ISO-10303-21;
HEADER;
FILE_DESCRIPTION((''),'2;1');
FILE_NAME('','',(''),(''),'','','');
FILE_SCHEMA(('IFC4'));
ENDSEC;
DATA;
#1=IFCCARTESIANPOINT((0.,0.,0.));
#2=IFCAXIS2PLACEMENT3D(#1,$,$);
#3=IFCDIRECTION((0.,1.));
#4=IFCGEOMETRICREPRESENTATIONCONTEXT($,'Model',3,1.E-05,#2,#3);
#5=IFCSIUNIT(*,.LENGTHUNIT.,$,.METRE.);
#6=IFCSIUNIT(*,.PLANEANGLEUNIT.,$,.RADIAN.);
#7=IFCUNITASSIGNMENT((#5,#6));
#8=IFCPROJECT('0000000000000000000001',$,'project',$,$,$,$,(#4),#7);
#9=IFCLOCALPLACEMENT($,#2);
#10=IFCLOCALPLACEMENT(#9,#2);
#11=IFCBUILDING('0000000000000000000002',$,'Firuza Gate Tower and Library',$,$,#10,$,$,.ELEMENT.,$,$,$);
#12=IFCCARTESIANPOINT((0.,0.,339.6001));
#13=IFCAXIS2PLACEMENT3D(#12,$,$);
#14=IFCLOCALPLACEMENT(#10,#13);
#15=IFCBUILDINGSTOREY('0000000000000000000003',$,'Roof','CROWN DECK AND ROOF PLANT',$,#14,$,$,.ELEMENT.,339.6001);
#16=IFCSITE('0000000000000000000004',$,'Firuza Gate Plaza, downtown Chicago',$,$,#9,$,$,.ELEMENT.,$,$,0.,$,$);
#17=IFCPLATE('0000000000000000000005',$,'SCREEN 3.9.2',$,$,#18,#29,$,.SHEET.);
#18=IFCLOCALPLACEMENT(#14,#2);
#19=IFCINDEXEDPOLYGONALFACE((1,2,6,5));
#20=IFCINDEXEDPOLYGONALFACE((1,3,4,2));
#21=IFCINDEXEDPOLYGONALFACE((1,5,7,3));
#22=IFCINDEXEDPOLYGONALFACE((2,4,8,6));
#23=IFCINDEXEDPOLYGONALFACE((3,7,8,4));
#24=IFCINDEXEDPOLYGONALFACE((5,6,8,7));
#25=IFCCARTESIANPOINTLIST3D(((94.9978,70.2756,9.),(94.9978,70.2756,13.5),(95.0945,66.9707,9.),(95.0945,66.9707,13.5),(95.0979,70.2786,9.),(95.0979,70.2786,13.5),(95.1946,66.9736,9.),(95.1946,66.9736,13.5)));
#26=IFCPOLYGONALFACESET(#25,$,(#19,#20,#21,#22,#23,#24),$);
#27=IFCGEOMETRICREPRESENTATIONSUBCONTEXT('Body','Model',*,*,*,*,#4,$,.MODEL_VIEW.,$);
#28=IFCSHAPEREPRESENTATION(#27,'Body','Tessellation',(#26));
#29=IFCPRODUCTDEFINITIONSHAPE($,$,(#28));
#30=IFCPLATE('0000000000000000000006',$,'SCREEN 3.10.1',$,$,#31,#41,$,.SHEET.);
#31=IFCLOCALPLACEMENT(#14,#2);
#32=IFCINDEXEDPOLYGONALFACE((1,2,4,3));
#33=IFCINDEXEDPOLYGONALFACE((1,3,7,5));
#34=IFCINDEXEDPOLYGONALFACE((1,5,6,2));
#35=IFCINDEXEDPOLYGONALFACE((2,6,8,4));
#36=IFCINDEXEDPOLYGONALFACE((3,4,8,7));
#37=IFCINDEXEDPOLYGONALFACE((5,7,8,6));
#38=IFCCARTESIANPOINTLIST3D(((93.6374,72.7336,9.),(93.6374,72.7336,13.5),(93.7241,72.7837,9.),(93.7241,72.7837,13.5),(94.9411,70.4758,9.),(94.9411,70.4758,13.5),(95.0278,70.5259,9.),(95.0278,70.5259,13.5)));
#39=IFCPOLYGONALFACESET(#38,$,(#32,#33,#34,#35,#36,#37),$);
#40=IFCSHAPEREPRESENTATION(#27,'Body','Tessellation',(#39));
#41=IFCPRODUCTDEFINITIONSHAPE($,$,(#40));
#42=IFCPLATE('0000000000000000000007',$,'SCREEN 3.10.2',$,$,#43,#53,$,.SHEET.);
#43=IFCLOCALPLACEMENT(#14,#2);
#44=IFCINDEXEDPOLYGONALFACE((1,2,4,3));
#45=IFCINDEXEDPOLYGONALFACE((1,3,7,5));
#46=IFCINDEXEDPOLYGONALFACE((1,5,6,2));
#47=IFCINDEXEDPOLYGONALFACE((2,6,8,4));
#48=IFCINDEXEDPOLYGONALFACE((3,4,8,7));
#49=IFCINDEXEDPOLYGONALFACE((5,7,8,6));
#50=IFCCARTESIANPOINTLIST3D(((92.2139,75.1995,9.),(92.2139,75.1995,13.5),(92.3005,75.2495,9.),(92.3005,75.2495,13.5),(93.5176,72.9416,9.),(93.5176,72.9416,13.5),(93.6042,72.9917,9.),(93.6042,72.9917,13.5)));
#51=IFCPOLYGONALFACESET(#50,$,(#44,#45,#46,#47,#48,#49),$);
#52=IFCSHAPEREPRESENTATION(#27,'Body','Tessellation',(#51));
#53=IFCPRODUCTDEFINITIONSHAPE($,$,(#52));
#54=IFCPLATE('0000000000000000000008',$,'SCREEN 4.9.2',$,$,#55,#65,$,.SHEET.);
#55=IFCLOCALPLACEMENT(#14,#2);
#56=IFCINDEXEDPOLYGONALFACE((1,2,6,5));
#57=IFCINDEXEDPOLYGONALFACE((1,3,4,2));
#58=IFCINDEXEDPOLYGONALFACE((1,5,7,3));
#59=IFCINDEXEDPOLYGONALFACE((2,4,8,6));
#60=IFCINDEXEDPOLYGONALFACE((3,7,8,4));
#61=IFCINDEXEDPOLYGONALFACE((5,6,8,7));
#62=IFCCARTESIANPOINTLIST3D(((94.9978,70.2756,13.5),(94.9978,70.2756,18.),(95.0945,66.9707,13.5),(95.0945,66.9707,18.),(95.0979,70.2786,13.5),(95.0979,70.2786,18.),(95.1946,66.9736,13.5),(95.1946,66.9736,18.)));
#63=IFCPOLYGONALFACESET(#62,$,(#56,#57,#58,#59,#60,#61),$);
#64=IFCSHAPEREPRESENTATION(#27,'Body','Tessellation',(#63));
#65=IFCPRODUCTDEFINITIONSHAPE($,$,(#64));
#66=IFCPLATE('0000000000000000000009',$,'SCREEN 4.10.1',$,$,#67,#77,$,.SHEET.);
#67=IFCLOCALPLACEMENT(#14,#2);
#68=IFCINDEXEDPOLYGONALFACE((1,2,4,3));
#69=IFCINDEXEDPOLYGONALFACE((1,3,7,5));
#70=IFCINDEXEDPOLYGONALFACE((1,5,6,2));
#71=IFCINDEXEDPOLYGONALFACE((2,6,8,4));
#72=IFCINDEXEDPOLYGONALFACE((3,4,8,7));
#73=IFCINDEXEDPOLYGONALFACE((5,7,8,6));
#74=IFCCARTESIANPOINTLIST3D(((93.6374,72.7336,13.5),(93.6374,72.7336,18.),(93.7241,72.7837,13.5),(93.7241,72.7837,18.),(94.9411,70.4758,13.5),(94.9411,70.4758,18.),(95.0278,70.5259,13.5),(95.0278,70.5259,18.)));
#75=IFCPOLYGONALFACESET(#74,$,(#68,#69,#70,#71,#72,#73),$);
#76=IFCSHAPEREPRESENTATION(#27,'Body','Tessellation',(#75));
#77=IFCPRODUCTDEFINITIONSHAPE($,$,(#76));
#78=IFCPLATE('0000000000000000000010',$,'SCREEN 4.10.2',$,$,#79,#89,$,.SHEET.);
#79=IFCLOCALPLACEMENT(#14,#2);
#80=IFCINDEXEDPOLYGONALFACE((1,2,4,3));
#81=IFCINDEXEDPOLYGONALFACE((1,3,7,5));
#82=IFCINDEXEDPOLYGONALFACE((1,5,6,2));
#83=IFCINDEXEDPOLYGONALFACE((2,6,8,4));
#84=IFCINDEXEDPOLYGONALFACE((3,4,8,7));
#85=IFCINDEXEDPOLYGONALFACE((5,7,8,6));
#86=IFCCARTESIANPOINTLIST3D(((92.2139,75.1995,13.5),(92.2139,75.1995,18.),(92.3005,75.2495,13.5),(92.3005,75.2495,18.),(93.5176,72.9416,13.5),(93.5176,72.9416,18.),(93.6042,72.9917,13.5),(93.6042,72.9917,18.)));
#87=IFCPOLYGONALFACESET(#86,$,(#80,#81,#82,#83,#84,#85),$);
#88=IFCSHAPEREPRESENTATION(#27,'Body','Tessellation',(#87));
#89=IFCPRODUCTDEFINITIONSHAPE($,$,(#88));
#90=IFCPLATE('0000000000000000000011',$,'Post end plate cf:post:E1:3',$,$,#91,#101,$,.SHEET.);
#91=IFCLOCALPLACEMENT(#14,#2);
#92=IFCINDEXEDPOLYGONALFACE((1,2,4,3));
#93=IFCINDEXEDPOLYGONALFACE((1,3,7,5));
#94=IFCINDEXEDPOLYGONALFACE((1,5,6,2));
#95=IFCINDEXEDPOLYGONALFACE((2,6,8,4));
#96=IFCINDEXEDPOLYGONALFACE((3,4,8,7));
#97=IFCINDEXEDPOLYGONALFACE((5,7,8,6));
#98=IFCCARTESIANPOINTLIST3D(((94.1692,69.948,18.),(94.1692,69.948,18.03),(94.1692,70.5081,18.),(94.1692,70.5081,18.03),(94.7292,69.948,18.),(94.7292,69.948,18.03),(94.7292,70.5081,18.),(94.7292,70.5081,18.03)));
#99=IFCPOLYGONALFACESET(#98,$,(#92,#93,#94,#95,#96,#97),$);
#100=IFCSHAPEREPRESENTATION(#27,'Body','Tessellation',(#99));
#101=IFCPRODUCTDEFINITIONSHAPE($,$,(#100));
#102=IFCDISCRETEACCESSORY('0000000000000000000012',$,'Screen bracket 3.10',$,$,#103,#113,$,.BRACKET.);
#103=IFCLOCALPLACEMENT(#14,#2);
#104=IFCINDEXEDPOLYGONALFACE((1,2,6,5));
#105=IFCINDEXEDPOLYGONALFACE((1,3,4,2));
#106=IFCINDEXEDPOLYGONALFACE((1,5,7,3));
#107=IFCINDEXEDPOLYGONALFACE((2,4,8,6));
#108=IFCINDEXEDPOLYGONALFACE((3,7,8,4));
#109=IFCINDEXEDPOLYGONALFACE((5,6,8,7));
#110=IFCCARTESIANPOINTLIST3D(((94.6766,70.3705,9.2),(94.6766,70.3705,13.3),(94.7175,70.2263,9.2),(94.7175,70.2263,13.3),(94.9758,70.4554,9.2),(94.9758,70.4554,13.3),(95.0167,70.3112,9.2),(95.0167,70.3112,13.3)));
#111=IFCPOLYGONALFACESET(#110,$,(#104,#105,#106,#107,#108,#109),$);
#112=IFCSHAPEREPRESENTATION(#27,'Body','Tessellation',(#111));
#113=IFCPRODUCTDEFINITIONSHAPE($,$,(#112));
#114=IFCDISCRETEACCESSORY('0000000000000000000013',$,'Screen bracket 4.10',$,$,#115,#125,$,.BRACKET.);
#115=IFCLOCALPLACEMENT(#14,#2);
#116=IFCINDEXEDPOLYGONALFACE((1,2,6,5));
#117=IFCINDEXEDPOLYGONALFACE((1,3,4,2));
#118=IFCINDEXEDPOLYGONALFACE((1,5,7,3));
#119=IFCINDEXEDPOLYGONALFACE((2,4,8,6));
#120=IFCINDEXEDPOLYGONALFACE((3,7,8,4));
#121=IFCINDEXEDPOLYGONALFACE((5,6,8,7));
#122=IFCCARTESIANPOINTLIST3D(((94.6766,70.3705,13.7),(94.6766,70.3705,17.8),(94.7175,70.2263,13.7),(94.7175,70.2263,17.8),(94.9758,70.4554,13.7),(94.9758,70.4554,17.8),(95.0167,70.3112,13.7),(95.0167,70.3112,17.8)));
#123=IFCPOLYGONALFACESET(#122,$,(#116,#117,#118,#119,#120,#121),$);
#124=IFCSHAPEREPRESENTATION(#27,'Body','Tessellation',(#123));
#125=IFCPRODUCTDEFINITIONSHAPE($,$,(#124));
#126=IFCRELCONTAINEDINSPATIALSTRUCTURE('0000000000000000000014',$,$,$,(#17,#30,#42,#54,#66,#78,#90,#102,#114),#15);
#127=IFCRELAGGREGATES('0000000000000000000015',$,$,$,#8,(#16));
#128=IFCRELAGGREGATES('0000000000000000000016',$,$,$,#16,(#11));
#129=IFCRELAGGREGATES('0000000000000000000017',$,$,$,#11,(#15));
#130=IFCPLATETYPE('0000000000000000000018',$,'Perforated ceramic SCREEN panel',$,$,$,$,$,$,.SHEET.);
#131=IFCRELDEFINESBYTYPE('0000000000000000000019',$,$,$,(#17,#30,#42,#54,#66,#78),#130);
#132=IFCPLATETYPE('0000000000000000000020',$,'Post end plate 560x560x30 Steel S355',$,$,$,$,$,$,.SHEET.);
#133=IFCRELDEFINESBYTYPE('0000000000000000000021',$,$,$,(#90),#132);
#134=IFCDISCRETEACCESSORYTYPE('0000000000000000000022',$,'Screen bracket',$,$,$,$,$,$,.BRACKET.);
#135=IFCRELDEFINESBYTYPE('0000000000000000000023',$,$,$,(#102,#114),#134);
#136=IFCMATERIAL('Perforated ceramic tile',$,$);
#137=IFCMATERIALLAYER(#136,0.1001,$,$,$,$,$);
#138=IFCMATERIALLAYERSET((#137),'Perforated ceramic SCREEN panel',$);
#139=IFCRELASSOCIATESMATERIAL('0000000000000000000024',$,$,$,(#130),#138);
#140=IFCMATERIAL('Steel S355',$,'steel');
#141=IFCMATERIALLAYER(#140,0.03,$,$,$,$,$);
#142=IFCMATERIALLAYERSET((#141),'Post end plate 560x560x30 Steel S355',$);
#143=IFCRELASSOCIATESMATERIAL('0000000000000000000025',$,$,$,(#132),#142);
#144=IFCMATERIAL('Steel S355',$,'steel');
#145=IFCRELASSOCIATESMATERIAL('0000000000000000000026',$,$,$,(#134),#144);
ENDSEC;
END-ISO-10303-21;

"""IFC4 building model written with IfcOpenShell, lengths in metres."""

from ifc_helpers import new_model, si_unit, direction, frame, origin, origin_2d, place, context, subcontext, project, spatial, polyline, rectangle, outline, extrude, material, layer, layer_set, type_object, element, save


model = new_model("IFC4")

# Units and contexts
model_context = context("Model", 3, precision=1e-05, world=origin(), true_north=direction((0.0, 1.0)))
body_context = subcontext(model_context, "Body", "Model", "MODEL_VIEW")
ifc_project = project(units=[si_unit("LENGTHUNIT", "METRE"), si_unit("PLANEANGLEUNIT", "RADIAN")], contexts=[model_context])

# Site, building, storey
site_placement = place(None, origin())
site = spatial("IfcSite", under=ifc_project, at=site_placement, Name="Firuza Gate Plaza, downtown Chicago", CompositionType="ELEMENT", RefElevation=0.0)
building_placement = place(site_placement, origin())
building = spatial("IfcBuilding", under=site, at=building_placement, Name="Firuza Gate Tower and Library", CompositionType="ELEMENT")
storey_placement = place(building_placement, frame((0.0, 0.0, 339.6001)))
storey = spatial("IfcBuildingStorey", under=building, at=storey_placement, Name="Roof", Description="CROWN DECK AND ROOF PLANT", CompositionType="ELEMENT", Elevation=339.6001)

# Plates
ifc_material_1 = material(Name="Perforated ceramic tile")
ifc_layer_1 = layer(ifc_material_1, 0.1001)
ifc_layer_set_1 = layer_set([ifc_layer_1], Name="Perforated ceramic SCREEN panel")
plate_type_1 = type_object("IfcPlateType", Name="Perforated ceramic SCREEN panel", PredefinedType="SHEET", material=ifc_layer_set_1)
plate_1_placement = place(storey_placement, frame((95.1946, 66.9736, 9.0), z_axis=(0.999572, 0.029241, 0.0), x_axis=(-0.029241, 0.999572, 0.0)))
element("IfcPlate", 1, at=plate_1_placement, inside=storey, type_object=plate_type_1, Name="SCREEN 3.9.2", PredefinedType="SHEET", context=body_context, shape_type="SweptSolid", body=[
    extrude(outline(polyline([(0.0, 0.0), (3.3063, 0.0), (3.3063, 4.5), (0.0, 4.5), (0.0, 0.0)])), origin(), (0.0, 0.0, -1.0), 0.1001),
])
for number, where, z_axis, x_axis, name in (
    (2, (95.0278, 70.5259, 9.0), (0.865998, 0.500047, 0.0), (-0.500047, 0.865998, 0.0), "SCREEN 3.10.1"),
    (3, (93.6042, 72.9917, 9.0), (0.865998, 0.500047, 0.0), (-0.500047, 0.865998, 0.0), "SCREEN 3.10.2"),
):
    element("IfcPlate", number, at=place(storey_placement, frame(where, z_axis=z_axis, x_axis=x_axis)), inside=storey, type_object=plate_type_1, Name=name, PredefinedType="SHEET", context=body_context, shape_type="SweptSolid", body=[
        extrude(outline(polyline([(0.0, 0.0), (2.6072, 0.0), (2.6072, 4.5), (0.0, 4.5), (0.0, 0.0)])), origin(), (0.0, 0.0, -1.0), 0.1001),
    ])
plate_2_placement = place(storey_placement, frame((95.1946, 66.9736, 13.5), z_axis=(0.999572, 0.029241, 0.0), x_axis=(-0.029241, 0.999572, 0.0)))
element("IfcPlate", 4, at=plate_2_placement, inside=storey, type_object=plate_type_1, Name="SCREEN 4.9.2", PredefinedType="SHEET", context=body_context, shape_type="SweptSolid", body=[
    extrude(outline(polyline([(0.0, 0.0), (3.3063, 0.0), (3.3063, 4.5), (0.0, 4.5), (0.0, 0.0)])), origin(), (0.0, 0.0, -1.0), 0.1001),
])
for number, where, z_axis, x_axis, name in (
    (5, (95.0278, 70.5259, 13.5), (0.865998, 0.500047, 0.0), (-0.500047, 0.865998, 0.0), "SCREEN 4.10.1"),
    (6, (93.6042, 72.9917, 13.5), (0.865998, 0.500047, 0.0), (-0.500047, 0.865998, 0.0), "SCREEN 4.10.2"),
):
    element("IfcPlate", number, at=place(storey_placement, frame(where, z_axis=z_axis, x_axis=x_axis)), inside=storey, type_object=plate_type_1, Name=name, PredefinedType="SHEET", context=body_context, shape_type="SweptSolid", body=[
        extrude(outline(polyline([(0.0, 0.0), (2.6072, 0.0), (2.6072, 4.5), (0.0, 4.5), (0.0, 0.0)])), origin(), (0.0, 0.0, -1.0), 0.1001),
    ])
ifc_material_2 = material(Name="Steel S355", Category="steel")
ifc_layer_2 = layer(ifc_material_2, 0.03)
ifc_layer_set_2 = layer_set([ifc_layer_2], Name="Post end plate 560x560x30 Steel S355")
plate_type_2 = type_object("IfcPlateType", Name="Post end plate 560x560x30 Steel S355", PredefinedType="SHEET", material=ifc_layer_set_2)
plate_3_placement = place(storey_placement, frame((94.4492, 70.228, 18.0), z_axis=(0.0, 0.0, 1.0), x_axis=(1.0, 0.0, 0.0)))
element("IfcPlate", 7, at=plate_3_placement, inside=storey, type_object=plate_type_2, Name="Post end plate cf:post:E1:3", PredefinedType="SHEET", context=body_context, shape_type="SweptSolid", body=[
    extrude(rectangle(XDim=0.5601, YDim=0.5601, at=origin_2d()), origin(), (0.0, 0.0, 1.0), 0.03),
])

# Discrete accessories
ifc_material_3 = material(Name="Steel S355", Category="steel")
discrete_accessory_type = type_object("IfcDiscreteAccessoryType", Name="Screen bracket", PredefinedType="BRACKET", material=ifc_material_3)
for number, where, z_axis, x_axis, name in (
    (8, (94.8467, 70.3408, 9.2), (0.0, 0.0, 1.0), (0.962041, 0.272906, 0.0), "Screen bracket 3.10"),
    (9, (94.8467, 70.3408, 13.7), (0.0, 0.0, 1.0), (0.962041, 0.272906, 0.0), "Screen bracket 4.10"),
):
    element("IfcDiscreteAccessory", number, at=place(storey_placement, frame(where, z_axis=z_axis, x_axis=x_axis)), inside=storey, type_object=discrete_accessory_type, Name=name, PredefinedType="BRACKET", context=body_context, shape_type="SweptSolid", body=[
        extrude(rectangle(XDim=0.311, YDim=0.1499, at=origin_2d()), origin(), (0.0, 0.0, 1.0), 4.1001),
    ])

save(model, "model.ifc")
